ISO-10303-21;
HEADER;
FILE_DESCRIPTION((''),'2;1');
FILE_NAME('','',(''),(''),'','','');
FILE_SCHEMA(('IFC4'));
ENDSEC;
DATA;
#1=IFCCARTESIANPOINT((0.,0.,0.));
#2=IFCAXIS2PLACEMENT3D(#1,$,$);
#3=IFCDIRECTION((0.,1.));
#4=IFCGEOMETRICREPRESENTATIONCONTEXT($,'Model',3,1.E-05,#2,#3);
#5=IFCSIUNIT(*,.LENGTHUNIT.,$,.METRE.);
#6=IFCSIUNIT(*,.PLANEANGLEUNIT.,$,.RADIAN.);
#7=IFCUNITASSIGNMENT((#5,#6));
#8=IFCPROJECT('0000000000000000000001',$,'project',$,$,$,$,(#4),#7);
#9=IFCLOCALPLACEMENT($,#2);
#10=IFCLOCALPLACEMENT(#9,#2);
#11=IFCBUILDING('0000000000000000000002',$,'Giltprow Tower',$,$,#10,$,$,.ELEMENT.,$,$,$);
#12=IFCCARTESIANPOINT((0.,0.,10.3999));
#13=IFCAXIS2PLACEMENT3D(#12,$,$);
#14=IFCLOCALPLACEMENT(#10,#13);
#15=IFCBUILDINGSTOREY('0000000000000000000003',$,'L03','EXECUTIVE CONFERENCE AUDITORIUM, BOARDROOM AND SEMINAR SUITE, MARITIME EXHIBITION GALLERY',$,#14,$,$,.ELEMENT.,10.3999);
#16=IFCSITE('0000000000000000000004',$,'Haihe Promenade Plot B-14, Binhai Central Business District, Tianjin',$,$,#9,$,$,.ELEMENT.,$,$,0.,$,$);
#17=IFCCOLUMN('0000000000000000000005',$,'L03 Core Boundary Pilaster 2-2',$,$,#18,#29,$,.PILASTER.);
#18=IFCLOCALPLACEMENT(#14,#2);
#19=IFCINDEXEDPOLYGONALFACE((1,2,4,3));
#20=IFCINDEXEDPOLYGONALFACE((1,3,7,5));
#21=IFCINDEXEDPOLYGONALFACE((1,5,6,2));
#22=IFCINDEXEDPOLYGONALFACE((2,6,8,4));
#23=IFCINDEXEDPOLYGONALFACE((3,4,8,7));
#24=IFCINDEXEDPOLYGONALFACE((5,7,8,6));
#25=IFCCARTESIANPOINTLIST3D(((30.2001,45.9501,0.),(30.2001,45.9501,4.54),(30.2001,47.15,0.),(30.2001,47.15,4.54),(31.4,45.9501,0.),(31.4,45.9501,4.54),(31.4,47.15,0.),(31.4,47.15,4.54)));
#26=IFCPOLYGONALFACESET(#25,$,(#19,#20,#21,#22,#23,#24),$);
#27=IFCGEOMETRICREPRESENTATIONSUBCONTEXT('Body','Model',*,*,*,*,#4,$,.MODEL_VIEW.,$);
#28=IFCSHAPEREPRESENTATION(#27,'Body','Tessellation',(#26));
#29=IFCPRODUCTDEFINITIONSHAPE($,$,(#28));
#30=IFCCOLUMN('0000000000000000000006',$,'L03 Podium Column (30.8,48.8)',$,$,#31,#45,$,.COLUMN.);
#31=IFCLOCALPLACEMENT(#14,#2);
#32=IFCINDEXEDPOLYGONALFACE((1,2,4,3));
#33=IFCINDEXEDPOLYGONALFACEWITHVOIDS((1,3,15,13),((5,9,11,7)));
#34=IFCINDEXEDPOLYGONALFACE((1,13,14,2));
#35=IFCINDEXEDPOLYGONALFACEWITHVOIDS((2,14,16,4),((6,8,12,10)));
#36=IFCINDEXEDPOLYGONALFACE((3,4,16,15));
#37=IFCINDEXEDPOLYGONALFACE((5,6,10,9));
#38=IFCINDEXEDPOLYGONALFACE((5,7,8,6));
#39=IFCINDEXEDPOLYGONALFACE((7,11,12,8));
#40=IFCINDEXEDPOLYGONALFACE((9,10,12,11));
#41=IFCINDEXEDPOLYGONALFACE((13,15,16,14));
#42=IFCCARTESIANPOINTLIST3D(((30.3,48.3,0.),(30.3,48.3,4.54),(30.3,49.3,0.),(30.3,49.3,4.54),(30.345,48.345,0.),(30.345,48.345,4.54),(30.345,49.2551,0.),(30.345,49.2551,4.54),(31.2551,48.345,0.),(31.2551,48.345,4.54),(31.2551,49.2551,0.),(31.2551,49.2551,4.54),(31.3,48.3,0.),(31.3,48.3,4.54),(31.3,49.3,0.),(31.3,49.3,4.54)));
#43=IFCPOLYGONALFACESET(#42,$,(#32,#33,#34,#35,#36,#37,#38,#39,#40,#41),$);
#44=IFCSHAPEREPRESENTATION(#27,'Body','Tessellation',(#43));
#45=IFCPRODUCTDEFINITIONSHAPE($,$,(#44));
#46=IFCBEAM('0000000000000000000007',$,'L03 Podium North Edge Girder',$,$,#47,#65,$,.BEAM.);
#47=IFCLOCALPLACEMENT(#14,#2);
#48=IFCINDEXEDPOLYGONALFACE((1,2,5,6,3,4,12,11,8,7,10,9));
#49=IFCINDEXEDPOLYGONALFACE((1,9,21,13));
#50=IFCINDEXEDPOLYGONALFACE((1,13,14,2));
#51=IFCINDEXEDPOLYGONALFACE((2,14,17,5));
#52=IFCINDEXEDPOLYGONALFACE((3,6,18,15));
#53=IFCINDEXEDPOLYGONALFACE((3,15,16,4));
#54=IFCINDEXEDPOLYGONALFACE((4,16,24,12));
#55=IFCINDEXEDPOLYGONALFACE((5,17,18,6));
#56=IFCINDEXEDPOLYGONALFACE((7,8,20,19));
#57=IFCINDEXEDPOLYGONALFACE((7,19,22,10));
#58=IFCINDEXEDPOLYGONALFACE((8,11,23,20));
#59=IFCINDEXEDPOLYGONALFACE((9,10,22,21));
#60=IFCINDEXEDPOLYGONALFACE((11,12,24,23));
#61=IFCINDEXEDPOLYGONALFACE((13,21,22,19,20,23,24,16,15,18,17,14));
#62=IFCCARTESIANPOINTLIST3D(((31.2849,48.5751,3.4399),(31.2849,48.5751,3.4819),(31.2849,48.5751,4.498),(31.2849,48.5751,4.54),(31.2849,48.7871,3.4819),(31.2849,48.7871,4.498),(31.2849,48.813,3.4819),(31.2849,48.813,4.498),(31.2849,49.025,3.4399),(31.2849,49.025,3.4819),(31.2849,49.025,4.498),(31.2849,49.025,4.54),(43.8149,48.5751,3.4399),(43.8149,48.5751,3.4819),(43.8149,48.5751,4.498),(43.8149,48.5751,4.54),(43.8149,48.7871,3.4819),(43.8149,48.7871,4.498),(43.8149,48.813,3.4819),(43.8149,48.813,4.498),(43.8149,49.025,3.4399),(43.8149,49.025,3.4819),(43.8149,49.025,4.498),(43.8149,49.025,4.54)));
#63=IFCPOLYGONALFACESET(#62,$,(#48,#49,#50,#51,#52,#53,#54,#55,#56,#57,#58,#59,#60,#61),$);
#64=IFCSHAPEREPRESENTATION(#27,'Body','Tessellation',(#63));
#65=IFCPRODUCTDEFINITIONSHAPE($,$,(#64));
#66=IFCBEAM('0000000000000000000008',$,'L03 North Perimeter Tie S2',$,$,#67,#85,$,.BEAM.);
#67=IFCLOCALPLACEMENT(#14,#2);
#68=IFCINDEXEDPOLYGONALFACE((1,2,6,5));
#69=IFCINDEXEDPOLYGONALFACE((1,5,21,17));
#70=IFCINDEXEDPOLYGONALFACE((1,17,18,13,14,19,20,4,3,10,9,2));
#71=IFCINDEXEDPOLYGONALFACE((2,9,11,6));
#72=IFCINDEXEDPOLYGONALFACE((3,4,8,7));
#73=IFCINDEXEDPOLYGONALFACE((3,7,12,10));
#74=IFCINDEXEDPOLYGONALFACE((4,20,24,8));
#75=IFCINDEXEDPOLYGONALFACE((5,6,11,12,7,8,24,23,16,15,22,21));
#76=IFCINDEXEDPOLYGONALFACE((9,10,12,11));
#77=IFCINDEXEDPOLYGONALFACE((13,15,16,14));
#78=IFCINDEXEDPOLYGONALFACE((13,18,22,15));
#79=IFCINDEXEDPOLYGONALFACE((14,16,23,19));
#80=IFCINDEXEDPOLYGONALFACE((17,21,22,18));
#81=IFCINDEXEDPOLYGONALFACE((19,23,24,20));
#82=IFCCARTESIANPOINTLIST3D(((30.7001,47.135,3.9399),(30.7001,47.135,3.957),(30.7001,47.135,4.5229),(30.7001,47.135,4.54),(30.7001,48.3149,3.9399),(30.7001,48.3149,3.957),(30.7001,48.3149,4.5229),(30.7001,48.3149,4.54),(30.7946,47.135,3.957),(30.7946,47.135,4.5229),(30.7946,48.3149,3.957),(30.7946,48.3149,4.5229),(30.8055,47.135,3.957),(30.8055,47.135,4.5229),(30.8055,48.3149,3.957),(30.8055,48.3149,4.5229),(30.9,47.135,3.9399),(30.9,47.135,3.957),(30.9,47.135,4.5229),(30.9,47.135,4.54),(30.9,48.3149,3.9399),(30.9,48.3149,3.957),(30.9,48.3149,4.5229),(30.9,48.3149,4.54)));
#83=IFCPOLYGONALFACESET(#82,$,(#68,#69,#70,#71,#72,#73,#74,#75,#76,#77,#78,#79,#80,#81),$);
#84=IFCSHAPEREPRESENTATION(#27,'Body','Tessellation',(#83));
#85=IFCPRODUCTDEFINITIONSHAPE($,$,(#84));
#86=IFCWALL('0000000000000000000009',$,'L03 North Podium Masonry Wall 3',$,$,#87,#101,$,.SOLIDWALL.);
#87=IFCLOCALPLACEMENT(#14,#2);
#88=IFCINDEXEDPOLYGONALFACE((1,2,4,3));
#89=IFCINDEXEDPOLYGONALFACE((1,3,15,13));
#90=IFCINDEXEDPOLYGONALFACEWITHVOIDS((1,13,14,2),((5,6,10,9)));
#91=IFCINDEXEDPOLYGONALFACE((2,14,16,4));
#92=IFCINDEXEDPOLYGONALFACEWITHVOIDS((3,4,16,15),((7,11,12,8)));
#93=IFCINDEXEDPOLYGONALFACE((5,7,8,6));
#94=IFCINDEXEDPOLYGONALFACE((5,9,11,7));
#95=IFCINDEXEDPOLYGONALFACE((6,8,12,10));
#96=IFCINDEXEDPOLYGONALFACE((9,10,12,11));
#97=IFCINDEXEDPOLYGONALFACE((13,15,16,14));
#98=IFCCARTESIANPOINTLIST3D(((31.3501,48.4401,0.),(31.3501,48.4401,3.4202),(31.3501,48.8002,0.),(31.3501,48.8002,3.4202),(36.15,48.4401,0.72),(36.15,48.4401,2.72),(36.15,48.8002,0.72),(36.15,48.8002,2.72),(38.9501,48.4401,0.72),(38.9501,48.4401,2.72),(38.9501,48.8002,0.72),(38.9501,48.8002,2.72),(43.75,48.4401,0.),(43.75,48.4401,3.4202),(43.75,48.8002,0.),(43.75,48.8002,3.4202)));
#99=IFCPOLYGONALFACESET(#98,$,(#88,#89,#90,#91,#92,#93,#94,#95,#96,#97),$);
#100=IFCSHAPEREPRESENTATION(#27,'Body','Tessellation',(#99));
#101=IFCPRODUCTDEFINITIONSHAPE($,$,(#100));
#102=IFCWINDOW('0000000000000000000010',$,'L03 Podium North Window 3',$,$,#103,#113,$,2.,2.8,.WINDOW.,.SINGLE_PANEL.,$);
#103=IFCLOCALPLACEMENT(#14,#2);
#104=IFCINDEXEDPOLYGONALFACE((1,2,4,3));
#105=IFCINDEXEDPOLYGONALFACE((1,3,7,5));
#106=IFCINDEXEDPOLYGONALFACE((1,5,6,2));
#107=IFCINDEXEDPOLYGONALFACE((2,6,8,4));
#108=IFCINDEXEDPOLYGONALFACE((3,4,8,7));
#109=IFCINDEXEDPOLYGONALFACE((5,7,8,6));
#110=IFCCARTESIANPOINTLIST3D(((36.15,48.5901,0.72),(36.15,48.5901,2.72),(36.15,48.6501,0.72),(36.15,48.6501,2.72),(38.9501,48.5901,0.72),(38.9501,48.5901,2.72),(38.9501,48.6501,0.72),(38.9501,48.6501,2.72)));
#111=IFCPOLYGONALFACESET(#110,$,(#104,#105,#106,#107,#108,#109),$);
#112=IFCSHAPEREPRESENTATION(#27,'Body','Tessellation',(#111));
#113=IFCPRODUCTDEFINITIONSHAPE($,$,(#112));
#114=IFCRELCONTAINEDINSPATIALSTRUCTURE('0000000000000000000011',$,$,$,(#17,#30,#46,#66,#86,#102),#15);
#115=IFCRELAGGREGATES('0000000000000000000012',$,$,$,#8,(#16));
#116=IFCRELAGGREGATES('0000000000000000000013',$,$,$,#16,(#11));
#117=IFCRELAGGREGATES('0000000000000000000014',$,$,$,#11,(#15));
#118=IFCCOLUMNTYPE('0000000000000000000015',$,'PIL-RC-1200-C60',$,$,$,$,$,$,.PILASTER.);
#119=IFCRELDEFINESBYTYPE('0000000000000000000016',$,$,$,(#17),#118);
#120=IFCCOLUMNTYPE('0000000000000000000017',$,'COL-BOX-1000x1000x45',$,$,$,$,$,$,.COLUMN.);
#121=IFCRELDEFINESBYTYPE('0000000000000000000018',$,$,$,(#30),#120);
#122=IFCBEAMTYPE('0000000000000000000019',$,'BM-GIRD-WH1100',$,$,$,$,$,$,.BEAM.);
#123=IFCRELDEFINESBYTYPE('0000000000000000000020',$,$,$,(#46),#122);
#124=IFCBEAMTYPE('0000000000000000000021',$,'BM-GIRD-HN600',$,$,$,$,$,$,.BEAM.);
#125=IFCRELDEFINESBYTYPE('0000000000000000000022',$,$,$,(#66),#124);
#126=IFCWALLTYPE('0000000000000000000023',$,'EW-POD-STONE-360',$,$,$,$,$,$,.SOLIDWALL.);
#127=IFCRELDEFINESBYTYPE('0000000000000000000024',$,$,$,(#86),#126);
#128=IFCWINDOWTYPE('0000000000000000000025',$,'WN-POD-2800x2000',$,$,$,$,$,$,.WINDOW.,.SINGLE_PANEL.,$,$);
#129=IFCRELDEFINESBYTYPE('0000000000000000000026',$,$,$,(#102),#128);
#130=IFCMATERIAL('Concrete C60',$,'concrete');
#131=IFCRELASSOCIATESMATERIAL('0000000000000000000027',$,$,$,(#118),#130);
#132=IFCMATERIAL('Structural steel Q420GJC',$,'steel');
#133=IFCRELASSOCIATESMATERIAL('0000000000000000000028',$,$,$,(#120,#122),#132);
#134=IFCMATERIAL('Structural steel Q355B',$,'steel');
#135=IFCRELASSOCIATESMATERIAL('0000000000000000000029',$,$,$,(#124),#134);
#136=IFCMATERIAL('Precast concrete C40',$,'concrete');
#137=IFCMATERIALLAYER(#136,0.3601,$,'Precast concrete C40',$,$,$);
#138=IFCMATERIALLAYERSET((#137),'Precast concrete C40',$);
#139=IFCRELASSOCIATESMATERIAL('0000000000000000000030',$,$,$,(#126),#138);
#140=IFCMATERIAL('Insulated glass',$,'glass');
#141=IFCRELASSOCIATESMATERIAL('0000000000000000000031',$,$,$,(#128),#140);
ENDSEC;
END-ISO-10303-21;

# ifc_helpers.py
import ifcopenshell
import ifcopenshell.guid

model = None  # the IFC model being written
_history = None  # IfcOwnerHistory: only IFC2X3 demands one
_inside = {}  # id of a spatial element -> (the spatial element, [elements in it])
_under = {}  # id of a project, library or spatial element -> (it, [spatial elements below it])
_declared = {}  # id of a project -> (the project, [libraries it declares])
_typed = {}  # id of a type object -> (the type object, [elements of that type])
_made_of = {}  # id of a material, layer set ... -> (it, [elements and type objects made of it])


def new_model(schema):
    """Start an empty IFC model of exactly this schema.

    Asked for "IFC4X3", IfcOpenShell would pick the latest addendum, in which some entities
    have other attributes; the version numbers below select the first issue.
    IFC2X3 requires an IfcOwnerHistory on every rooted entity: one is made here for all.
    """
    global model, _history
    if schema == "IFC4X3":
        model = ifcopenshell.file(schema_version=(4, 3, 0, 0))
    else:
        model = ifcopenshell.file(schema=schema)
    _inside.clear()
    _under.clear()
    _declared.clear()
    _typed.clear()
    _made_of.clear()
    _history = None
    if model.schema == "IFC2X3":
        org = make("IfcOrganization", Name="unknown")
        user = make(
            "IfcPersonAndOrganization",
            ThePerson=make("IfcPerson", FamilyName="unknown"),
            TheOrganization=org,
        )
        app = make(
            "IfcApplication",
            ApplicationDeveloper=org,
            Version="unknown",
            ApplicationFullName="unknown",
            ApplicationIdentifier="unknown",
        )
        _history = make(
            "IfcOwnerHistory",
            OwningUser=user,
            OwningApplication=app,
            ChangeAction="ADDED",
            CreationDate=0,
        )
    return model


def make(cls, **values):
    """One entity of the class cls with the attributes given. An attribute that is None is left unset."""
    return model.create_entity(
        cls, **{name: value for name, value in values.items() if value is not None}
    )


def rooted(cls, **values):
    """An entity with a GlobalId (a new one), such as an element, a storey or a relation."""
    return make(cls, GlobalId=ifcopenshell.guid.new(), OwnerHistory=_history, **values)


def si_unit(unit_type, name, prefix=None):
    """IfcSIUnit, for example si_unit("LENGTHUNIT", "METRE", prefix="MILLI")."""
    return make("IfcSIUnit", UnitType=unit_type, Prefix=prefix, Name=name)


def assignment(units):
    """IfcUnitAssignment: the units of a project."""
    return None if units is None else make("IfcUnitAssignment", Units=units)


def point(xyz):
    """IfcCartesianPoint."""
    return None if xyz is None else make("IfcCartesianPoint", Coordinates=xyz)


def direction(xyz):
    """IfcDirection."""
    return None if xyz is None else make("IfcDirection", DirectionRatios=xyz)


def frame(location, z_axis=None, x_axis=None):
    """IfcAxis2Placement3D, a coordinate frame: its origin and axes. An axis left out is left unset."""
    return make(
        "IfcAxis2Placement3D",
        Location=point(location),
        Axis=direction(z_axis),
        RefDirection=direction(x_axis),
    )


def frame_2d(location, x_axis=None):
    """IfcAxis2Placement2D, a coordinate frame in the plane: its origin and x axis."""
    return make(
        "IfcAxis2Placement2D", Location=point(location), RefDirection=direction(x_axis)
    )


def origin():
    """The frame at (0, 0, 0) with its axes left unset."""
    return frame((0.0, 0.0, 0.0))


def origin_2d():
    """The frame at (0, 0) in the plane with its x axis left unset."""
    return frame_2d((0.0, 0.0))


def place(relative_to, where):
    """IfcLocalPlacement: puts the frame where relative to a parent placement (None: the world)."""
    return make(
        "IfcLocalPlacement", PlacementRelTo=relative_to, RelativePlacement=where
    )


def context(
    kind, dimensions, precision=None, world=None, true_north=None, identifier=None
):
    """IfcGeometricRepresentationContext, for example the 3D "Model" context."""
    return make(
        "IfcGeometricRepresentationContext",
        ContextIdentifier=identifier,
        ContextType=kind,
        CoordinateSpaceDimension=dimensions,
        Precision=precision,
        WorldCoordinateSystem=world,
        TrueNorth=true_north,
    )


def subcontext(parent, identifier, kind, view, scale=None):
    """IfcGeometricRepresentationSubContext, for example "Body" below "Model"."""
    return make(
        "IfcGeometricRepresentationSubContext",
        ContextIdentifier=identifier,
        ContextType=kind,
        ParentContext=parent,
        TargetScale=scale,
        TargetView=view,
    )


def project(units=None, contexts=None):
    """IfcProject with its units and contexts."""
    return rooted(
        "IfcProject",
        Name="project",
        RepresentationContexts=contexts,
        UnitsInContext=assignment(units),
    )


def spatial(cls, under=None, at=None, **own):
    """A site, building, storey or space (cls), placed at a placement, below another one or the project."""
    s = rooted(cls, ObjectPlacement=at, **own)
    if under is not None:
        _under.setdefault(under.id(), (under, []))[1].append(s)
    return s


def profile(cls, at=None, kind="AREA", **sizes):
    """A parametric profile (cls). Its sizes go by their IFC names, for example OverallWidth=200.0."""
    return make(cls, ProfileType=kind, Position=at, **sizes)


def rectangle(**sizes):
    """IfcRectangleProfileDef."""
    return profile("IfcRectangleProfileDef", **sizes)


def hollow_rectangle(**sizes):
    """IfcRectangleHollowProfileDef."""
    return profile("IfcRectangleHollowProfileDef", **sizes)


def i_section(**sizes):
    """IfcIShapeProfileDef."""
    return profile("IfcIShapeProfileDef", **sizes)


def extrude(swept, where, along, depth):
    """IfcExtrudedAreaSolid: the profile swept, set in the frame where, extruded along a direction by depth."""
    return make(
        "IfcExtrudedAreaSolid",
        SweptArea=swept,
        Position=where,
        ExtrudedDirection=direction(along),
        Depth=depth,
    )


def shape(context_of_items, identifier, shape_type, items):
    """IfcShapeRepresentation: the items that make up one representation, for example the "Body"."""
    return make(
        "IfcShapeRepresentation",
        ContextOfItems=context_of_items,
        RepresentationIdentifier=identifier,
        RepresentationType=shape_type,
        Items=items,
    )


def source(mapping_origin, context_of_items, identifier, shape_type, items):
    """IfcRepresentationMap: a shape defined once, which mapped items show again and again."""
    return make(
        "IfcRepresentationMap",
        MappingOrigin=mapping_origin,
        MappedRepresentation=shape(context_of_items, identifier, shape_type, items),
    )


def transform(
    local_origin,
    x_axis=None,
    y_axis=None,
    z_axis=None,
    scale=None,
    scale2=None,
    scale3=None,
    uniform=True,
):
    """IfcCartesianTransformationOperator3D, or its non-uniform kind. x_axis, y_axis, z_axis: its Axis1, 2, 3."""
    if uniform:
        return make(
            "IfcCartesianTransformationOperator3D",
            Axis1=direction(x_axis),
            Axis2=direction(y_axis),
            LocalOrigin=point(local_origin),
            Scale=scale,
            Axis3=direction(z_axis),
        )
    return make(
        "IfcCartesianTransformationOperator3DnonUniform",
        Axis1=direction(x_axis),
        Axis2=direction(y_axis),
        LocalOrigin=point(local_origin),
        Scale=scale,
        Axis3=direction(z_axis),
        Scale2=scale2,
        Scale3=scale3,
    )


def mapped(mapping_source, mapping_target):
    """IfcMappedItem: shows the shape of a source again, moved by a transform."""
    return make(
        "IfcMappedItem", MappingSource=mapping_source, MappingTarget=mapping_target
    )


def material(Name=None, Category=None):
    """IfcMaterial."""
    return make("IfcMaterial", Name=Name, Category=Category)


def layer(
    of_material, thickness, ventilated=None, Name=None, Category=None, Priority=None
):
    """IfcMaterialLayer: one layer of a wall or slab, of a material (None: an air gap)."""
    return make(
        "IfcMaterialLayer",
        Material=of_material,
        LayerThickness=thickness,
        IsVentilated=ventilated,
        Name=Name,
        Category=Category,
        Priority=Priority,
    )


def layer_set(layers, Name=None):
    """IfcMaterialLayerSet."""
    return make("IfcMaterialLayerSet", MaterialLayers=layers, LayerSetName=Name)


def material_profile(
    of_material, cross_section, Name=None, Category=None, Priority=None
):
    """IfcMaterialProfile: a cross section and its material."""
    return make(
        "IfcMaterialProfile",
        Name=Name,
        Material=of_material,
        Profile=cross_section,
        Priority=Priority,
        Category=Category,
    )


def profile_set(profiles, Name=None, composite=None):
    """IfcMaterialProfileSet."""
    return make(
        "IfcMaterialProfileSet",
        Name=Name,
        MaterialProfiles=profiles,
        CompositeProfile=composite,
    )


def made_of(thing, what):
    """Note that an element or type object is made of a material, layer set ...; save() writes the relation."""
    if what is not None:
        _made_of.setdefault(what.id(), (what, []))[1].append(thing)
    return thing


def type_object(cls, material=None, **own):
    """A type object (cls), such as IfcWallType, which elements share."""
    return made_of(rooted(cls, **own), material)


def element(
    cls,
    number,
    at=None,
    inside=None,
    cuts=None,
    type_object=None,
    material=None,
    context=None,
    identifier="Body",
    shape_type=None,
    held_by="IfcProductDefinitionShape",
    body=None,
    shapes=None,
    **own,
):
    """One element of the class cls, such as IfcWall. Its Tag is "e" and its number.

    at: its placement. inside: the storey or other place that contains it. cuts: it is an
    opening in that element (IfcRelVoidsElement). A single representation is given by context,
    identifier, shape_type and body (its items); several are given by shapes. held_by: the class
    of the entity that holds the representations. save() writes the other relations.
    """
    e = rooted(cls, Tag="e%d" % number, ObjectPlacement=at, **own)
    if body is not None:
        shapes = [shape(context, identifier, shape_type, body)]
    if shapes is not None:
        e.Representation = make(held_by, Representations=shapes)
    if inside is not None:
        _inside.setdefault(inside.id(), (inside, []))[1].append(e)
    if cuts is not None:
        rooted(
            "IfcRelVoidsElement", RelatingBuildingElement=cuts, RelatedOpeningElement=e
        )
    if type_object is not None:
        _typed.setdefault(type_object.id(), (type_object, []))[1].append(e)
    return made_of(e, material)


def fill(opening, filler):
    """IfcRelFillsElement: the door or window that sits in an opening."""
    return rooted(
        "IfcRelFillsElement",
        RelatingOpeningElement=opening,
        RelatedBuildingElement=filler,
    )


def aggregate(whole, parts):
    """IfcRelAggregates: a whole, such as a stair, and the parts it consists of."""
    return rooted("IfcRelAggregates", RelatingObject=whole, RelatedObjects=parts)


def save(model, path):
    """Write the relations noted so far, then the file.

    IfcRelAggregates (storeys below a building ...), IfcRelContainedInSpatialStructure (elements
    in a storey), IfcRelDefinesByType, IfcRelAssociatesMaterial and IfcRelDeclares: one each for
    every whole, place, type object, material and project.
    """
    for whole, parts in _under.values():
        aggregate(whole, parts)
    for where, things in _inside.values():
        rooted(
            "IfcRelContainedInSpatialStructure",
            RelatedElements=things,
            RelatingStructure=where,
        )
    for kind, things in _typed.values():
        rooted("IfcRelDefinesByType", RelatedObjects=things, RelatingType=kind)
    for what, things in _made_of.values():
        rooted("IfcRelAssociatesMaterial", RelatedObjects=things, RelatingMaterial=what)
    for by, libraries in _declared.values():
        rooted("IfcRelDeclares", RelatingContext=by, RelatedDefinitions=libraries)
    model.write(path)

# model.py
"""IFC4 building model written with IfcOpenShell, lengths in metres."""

from ifc_helpers import new_model, si_unit, direction, frame, frame_2d, origin, origin_2d, place, context, subcontext, project, spatial, rectangle, hollow_rectangle, i_section, extrude, source, transform, mapped, material, layer, layer_set, material_profile, profile_set, type_object, element, fill, save


model = new_model("IFC4")

# Units and contexts
model_context = context("Model", 3, precision=1e-05, world=origin(), true_north=direction((0.0, 1.0)))
body_context = subcontext(model_context, "Body", "Model", "MODEL_VIEW")
ifc_project = project(units=[si_unit("LENGTHUNIT", "METRE"), si_unit("PLANEANGLEUNIT", "RADIAN")], contexts=[model_context])

# Site, building, storey
site_placement = place(None, origin())
site = spatial("IfcSite", under=ifc_project, at=site_placement, Name="Haihe Promenade Plot B-14, Binhai Central Business District, Tianjin", CompositionType="ELEMENT", RefElevation=0.0)
building_placement = place(site_placement, origin())
building = spatial("IfcBuilding", under=site, at=building_placement, Name="Giltprow Tower", CompositionType="ELEMENT")
storey_placement = place(building_placement, frame((0.0, 0.0, 10.3999)))
storey = spatial("IfcBuildingStorey", under=building, at=storey_placement, Name="L03", Description="EXECUTIVE CONFERENCE AUDITORIUM, BOARDROOM AND SEMINAR SUITE, MARITIME EXHIBITION GALLERY", CompositionType="ELEMENT", Elevation=10.3999)

# Columns
ifc_material_1 = material(Name="Concrete C60", Category="concrete")
ifc_material_profile_1 = material_profile(ifc_material_1, rectangle(XDim=1.2, YDim=1.2, at=origin_2d()), Name="RC 1200x1200")
ifc_profile_set_1 = profile_set([ifc_material_profile_1], Name="Concrete C60")
column_type_1 = type_object("IfcColumnType", Name="PIL-RC-1200-C60", PredefinedType="PILASTER", material=ifc_profile_set_1)
shared_shape_1 = source(origin(), body_context, "Body", "SweptSolid", [
    extrude(rectangle(XDim=1.2, YDim=1.2, at=origin_2d()), origin(), (0.0, 0.0, 1.0), 4.54),
])
column_1_placement = place(storey_placement, frame((30.8, 46.55, 0.0), z_axis=(0.0, 0.0, 1.0), x_axis=(1.0, 0.0, 0.0)))
element("IfcColumn", 1, at=column_1_placement, inside=storey, type_object=column_type_1, Name="L03 Core Boundary Pilaster 2-2", PredefinedType="PILASTER", context=body_context, shape_type="MappedRepresentation", body=[
    mapped(shared_shape_1, transform((0.0, 0.0, 0.0), x_axis=(1.0, 0.0, 0.0), y_axis=(0.0, 1.0, 0.0), z_axis=(0.0, 0.0, 1.0), scale=1.0)),
])
ifc_material_2 = material(Name="Structural steel Q420GJC", Category="steel")
ifc_material_profile_2 = material_profile(ifc_material_2, hollow_rectangle(XDim=1.0, YDim=1.0, WallThickness=0.0449, at=origin_2d()), Name="BOX 1000x1000x45")
ifc_profile_set_2 = profile_set([ifc_material_profile_2], Name="Structural steel Q420GJC")
column_type_2 = type_object("IfcColumnType", Name="COL-BOX-1000x1000x45", PredefinedType="COLUMN", material=ifc_profile_set_2)
shared_shape_2 = source(origin(), body_context, "Body", "SweptSolid", [
    extrude(hollow_rectangle(XDim=1.0, YDim=1.0, WallThickness=0.0449, at=origin_2d()), origin(), (0.0, 0.0, 1.0), 4.54),
])
column_2_placement = place(storey_placement, frame((30.8, 48.8, 0.0), z_axis=(0.0, 0.0, 1.0), x_axis=(1.0, 0.0, 0.0)))
element("IfcColumn", 2, at=column_2_placement, inside=storey, type_object=column_type_2, Name="L03 Podium Column (30.8,48.8)", PredefinedType="COLUMN", context=body_context, shape_type="MappedRepresentation", body=[
    mapped(shared_shape_2, transform((0.0, 0.0, 0.0), x_axis=(1.0, 0.0, 0.0), y_axis=(0.0, 1.0, 0.0), z_axis=(0.0, 0.0, 1.0), scale=1.0)),
])

# Beams
ifc_material_profile_3 = material_profile(ifc_material_2, i_section(OverallWidth=0.45, OverallDepth=1.1001, WebThickness=0.0259, FlangeThickness=0.042, at=origin_2d()), Name="WH 1100x450x26x42")
ifc_profile_set_3 = profile_set([ifc_material_profile_3], Name="Structural steel Q420GJC")
beam_type_1 = type_object("IfcBeamType", Name="BM-GIRD-WH1100", PredefinedType="BEAM", material=ifc_profile_set_3)
shared_shape_3 = source(origin(), body_context, "Body", "SweptSolid", [
    extrude(i_section(OverallWidth=0.45, OverallDepth=1.1001, WebThickness=0.0259, FlangeThickness=0.042, at=origin_2d()), origin(), (0.0, 0.0, 1.0), 12.53),
])
beam_1_placement = place(storey_placement, frame((31.2849, 48.8, 3.99), z_axis=(1.0, 0.0, 0.0), x_axis=(0.0, 1.0, 0.0)))
element("IfcBeam", 3, at=beam_1_placement, inside=storey, type_object=beam_type_1, Name="L03 Podium North Edge Girder", PredefinedType="BEAM", context=body_context, shape_type="MappedRepresentation", body=[
    mapped(shared_shape_3, transform((0.0, 0.0, 0.0), x_axis=(1.0, 0.0, 0.0), y_axis=(0.0, 1.0, 0.0), z_axis=(0.0, 0.0, 1.0), scale=1.0)),
])
ifc_material_3 = material(Name="Structural steel Q355B", Category="steel")
ifc_material_profile_4 = material_profile(ifc_material_3, i_section(OverallWidth=0.2, OverallDepth=0.6001, WebThickness=0.011, FlangeThickness=0.0171, at=origin_2d()), Name="HN 600x200x11x17")
ifc_profile_set_4 = profile_set([ifc_material_profile_4], Name="Structural steel Q355B")
beam_type_2 = type_object("IfcBeamType", Name="BM-GIRD-HN600", PredefinedType="BEAM", material=ifc_profile_set_4)
shared_shape_4 = source(origin(), body_context, "Body", "SweptSolid", [
    extrude(i_section(OverallWidth=0.2, OverallDepth=0.6001, WebThickness=0.011, FlangeThickness=0.0171, at=origin_2d()), origin(), (0.0, 0.0, 1.0), 1.1799),
])
beam_2_placement = place(storey_placement, frame((30.8, 47.135, 4.24), z_axis=(0.0, 1.0, 0.0), x_axis=(-1.0, 0.0, 0.0)))
element("IfcBeam", 4, at=beam_2_placement, inside=storey, type_object=beam_type_2, Name="L03 North Perimeter Tie S2", PredefinedType="BEAM", context=body_context, shape_type="MappedRepresentation", body=[
    mapped(shared_shape_4, transform((0.0, 0.0, 0.0), x_axis=(1.0, 0.0, 0.0), y_axis=(0.0, 1.0, 0.0), z_axis=(0.0, 0.0, 1.0), scale=1.0)),
])

# Wall, opening, window
ifc_material_4 = material(Name="Precast concrete C40", Category="concrete")
ifc_layer_1 = layer(ifc_material_4, 0.3601, Name="Precast concrete C40")
ifc_layer_set_1 = layer_set([ifc_layer_1], Name="Precast concrete C40")
wall_type_1 = type_object("IfcWallType", Name="EW-POD-STONE-360", PredefinedType="SOLIDWALL", material=ifc_layer_set_1)
wall_1_placement = place(storey_placement, frame((31.3501, 48.6201, 0.0), z_axis=(0.0, 0.0, 1.0), x_axis=(1.0, 0.0, 0.0)))
wall_1 = element("IfcWall", 5, at=wall_1_placement, inside=storey, type_object=wall_type_1, Name="L03 North Podium Masonry Wall 3", PredefinedType="SOLIDWALL", context=body_context, shape_type="SweptSolid", body=[
    extrude(rectangle(XDim=12.3999, YDim=0.3601, at=frame_2d((6.2, 0.0))), origin(), (0.0, 0.0, 1.0), 3.4202),
])
opening_1_placement = place(wall_1_placement, frame((4.8, 0.0, 0.72)))
opening_1 = element("IfcOpeningElement", 6, at=opening_1_placement, cuts=wall_1, PredefinedType="OPENING", context=body_context, shape_type="SweptSolid", body=[
    extrude(rectangle(XDim=2.8, YDim=2.0, at=frame_2d((1.3999, 1.0))), frame((0.0, 0.1899, 0.0), z_axis=(0.0, -1.0, 0.0), x_axis=(1.0, 0.0, 0.0)), (0.0, 0.0, 1.0), 0.3801),
])
ifc_material_5 = material(Name="Insulated glass", Category="glass")
window_type = type_object("IfcWindowType", Name="WN-POD-2800x2000", PartitioningType="SINGLE_PANEL", PredefinedType="WINDOW", material=ifc_material_5)
shared_shape_5 = source(origin(), body_context, "Body", "SweptSolid", [
    extrude(rectangle(XDim=2.8, YDim=2.0, at=frame_2d((1.3999, 1.0))), frame((0.0, 0.03, 0.0), z_axis=(0.0, -1.0, 0.0), x_axis=(1.0, 0.0, 0.0)), (0.0, 0.0, 1.0), 0.0601),
])
window_placement = place(opening_1_placement, origin())
window = element("IfcWindow", 7, at=window_placement, inside=storey, type_object=window_type, Name="L03 Podium North Window 3", OverallHeight=2.0, OverallWidth=2.8, PartitioningType="SINGLE_PANEL", PredefinedType="WINDOW", context=body_context, shape_type="MappedRepresentation", body=[
    mapped(shared_shape_5, transform((0.0, 0.0, 0.0), x_axis=(1.0, 0.0, 0.0), y_axis=(0.0, 1.0, 0.0), z_axis=(0.0, 0.0, 1.0), scale=1.0)),
])
fill(opening_1, window)

save(model, "model.ifc")
